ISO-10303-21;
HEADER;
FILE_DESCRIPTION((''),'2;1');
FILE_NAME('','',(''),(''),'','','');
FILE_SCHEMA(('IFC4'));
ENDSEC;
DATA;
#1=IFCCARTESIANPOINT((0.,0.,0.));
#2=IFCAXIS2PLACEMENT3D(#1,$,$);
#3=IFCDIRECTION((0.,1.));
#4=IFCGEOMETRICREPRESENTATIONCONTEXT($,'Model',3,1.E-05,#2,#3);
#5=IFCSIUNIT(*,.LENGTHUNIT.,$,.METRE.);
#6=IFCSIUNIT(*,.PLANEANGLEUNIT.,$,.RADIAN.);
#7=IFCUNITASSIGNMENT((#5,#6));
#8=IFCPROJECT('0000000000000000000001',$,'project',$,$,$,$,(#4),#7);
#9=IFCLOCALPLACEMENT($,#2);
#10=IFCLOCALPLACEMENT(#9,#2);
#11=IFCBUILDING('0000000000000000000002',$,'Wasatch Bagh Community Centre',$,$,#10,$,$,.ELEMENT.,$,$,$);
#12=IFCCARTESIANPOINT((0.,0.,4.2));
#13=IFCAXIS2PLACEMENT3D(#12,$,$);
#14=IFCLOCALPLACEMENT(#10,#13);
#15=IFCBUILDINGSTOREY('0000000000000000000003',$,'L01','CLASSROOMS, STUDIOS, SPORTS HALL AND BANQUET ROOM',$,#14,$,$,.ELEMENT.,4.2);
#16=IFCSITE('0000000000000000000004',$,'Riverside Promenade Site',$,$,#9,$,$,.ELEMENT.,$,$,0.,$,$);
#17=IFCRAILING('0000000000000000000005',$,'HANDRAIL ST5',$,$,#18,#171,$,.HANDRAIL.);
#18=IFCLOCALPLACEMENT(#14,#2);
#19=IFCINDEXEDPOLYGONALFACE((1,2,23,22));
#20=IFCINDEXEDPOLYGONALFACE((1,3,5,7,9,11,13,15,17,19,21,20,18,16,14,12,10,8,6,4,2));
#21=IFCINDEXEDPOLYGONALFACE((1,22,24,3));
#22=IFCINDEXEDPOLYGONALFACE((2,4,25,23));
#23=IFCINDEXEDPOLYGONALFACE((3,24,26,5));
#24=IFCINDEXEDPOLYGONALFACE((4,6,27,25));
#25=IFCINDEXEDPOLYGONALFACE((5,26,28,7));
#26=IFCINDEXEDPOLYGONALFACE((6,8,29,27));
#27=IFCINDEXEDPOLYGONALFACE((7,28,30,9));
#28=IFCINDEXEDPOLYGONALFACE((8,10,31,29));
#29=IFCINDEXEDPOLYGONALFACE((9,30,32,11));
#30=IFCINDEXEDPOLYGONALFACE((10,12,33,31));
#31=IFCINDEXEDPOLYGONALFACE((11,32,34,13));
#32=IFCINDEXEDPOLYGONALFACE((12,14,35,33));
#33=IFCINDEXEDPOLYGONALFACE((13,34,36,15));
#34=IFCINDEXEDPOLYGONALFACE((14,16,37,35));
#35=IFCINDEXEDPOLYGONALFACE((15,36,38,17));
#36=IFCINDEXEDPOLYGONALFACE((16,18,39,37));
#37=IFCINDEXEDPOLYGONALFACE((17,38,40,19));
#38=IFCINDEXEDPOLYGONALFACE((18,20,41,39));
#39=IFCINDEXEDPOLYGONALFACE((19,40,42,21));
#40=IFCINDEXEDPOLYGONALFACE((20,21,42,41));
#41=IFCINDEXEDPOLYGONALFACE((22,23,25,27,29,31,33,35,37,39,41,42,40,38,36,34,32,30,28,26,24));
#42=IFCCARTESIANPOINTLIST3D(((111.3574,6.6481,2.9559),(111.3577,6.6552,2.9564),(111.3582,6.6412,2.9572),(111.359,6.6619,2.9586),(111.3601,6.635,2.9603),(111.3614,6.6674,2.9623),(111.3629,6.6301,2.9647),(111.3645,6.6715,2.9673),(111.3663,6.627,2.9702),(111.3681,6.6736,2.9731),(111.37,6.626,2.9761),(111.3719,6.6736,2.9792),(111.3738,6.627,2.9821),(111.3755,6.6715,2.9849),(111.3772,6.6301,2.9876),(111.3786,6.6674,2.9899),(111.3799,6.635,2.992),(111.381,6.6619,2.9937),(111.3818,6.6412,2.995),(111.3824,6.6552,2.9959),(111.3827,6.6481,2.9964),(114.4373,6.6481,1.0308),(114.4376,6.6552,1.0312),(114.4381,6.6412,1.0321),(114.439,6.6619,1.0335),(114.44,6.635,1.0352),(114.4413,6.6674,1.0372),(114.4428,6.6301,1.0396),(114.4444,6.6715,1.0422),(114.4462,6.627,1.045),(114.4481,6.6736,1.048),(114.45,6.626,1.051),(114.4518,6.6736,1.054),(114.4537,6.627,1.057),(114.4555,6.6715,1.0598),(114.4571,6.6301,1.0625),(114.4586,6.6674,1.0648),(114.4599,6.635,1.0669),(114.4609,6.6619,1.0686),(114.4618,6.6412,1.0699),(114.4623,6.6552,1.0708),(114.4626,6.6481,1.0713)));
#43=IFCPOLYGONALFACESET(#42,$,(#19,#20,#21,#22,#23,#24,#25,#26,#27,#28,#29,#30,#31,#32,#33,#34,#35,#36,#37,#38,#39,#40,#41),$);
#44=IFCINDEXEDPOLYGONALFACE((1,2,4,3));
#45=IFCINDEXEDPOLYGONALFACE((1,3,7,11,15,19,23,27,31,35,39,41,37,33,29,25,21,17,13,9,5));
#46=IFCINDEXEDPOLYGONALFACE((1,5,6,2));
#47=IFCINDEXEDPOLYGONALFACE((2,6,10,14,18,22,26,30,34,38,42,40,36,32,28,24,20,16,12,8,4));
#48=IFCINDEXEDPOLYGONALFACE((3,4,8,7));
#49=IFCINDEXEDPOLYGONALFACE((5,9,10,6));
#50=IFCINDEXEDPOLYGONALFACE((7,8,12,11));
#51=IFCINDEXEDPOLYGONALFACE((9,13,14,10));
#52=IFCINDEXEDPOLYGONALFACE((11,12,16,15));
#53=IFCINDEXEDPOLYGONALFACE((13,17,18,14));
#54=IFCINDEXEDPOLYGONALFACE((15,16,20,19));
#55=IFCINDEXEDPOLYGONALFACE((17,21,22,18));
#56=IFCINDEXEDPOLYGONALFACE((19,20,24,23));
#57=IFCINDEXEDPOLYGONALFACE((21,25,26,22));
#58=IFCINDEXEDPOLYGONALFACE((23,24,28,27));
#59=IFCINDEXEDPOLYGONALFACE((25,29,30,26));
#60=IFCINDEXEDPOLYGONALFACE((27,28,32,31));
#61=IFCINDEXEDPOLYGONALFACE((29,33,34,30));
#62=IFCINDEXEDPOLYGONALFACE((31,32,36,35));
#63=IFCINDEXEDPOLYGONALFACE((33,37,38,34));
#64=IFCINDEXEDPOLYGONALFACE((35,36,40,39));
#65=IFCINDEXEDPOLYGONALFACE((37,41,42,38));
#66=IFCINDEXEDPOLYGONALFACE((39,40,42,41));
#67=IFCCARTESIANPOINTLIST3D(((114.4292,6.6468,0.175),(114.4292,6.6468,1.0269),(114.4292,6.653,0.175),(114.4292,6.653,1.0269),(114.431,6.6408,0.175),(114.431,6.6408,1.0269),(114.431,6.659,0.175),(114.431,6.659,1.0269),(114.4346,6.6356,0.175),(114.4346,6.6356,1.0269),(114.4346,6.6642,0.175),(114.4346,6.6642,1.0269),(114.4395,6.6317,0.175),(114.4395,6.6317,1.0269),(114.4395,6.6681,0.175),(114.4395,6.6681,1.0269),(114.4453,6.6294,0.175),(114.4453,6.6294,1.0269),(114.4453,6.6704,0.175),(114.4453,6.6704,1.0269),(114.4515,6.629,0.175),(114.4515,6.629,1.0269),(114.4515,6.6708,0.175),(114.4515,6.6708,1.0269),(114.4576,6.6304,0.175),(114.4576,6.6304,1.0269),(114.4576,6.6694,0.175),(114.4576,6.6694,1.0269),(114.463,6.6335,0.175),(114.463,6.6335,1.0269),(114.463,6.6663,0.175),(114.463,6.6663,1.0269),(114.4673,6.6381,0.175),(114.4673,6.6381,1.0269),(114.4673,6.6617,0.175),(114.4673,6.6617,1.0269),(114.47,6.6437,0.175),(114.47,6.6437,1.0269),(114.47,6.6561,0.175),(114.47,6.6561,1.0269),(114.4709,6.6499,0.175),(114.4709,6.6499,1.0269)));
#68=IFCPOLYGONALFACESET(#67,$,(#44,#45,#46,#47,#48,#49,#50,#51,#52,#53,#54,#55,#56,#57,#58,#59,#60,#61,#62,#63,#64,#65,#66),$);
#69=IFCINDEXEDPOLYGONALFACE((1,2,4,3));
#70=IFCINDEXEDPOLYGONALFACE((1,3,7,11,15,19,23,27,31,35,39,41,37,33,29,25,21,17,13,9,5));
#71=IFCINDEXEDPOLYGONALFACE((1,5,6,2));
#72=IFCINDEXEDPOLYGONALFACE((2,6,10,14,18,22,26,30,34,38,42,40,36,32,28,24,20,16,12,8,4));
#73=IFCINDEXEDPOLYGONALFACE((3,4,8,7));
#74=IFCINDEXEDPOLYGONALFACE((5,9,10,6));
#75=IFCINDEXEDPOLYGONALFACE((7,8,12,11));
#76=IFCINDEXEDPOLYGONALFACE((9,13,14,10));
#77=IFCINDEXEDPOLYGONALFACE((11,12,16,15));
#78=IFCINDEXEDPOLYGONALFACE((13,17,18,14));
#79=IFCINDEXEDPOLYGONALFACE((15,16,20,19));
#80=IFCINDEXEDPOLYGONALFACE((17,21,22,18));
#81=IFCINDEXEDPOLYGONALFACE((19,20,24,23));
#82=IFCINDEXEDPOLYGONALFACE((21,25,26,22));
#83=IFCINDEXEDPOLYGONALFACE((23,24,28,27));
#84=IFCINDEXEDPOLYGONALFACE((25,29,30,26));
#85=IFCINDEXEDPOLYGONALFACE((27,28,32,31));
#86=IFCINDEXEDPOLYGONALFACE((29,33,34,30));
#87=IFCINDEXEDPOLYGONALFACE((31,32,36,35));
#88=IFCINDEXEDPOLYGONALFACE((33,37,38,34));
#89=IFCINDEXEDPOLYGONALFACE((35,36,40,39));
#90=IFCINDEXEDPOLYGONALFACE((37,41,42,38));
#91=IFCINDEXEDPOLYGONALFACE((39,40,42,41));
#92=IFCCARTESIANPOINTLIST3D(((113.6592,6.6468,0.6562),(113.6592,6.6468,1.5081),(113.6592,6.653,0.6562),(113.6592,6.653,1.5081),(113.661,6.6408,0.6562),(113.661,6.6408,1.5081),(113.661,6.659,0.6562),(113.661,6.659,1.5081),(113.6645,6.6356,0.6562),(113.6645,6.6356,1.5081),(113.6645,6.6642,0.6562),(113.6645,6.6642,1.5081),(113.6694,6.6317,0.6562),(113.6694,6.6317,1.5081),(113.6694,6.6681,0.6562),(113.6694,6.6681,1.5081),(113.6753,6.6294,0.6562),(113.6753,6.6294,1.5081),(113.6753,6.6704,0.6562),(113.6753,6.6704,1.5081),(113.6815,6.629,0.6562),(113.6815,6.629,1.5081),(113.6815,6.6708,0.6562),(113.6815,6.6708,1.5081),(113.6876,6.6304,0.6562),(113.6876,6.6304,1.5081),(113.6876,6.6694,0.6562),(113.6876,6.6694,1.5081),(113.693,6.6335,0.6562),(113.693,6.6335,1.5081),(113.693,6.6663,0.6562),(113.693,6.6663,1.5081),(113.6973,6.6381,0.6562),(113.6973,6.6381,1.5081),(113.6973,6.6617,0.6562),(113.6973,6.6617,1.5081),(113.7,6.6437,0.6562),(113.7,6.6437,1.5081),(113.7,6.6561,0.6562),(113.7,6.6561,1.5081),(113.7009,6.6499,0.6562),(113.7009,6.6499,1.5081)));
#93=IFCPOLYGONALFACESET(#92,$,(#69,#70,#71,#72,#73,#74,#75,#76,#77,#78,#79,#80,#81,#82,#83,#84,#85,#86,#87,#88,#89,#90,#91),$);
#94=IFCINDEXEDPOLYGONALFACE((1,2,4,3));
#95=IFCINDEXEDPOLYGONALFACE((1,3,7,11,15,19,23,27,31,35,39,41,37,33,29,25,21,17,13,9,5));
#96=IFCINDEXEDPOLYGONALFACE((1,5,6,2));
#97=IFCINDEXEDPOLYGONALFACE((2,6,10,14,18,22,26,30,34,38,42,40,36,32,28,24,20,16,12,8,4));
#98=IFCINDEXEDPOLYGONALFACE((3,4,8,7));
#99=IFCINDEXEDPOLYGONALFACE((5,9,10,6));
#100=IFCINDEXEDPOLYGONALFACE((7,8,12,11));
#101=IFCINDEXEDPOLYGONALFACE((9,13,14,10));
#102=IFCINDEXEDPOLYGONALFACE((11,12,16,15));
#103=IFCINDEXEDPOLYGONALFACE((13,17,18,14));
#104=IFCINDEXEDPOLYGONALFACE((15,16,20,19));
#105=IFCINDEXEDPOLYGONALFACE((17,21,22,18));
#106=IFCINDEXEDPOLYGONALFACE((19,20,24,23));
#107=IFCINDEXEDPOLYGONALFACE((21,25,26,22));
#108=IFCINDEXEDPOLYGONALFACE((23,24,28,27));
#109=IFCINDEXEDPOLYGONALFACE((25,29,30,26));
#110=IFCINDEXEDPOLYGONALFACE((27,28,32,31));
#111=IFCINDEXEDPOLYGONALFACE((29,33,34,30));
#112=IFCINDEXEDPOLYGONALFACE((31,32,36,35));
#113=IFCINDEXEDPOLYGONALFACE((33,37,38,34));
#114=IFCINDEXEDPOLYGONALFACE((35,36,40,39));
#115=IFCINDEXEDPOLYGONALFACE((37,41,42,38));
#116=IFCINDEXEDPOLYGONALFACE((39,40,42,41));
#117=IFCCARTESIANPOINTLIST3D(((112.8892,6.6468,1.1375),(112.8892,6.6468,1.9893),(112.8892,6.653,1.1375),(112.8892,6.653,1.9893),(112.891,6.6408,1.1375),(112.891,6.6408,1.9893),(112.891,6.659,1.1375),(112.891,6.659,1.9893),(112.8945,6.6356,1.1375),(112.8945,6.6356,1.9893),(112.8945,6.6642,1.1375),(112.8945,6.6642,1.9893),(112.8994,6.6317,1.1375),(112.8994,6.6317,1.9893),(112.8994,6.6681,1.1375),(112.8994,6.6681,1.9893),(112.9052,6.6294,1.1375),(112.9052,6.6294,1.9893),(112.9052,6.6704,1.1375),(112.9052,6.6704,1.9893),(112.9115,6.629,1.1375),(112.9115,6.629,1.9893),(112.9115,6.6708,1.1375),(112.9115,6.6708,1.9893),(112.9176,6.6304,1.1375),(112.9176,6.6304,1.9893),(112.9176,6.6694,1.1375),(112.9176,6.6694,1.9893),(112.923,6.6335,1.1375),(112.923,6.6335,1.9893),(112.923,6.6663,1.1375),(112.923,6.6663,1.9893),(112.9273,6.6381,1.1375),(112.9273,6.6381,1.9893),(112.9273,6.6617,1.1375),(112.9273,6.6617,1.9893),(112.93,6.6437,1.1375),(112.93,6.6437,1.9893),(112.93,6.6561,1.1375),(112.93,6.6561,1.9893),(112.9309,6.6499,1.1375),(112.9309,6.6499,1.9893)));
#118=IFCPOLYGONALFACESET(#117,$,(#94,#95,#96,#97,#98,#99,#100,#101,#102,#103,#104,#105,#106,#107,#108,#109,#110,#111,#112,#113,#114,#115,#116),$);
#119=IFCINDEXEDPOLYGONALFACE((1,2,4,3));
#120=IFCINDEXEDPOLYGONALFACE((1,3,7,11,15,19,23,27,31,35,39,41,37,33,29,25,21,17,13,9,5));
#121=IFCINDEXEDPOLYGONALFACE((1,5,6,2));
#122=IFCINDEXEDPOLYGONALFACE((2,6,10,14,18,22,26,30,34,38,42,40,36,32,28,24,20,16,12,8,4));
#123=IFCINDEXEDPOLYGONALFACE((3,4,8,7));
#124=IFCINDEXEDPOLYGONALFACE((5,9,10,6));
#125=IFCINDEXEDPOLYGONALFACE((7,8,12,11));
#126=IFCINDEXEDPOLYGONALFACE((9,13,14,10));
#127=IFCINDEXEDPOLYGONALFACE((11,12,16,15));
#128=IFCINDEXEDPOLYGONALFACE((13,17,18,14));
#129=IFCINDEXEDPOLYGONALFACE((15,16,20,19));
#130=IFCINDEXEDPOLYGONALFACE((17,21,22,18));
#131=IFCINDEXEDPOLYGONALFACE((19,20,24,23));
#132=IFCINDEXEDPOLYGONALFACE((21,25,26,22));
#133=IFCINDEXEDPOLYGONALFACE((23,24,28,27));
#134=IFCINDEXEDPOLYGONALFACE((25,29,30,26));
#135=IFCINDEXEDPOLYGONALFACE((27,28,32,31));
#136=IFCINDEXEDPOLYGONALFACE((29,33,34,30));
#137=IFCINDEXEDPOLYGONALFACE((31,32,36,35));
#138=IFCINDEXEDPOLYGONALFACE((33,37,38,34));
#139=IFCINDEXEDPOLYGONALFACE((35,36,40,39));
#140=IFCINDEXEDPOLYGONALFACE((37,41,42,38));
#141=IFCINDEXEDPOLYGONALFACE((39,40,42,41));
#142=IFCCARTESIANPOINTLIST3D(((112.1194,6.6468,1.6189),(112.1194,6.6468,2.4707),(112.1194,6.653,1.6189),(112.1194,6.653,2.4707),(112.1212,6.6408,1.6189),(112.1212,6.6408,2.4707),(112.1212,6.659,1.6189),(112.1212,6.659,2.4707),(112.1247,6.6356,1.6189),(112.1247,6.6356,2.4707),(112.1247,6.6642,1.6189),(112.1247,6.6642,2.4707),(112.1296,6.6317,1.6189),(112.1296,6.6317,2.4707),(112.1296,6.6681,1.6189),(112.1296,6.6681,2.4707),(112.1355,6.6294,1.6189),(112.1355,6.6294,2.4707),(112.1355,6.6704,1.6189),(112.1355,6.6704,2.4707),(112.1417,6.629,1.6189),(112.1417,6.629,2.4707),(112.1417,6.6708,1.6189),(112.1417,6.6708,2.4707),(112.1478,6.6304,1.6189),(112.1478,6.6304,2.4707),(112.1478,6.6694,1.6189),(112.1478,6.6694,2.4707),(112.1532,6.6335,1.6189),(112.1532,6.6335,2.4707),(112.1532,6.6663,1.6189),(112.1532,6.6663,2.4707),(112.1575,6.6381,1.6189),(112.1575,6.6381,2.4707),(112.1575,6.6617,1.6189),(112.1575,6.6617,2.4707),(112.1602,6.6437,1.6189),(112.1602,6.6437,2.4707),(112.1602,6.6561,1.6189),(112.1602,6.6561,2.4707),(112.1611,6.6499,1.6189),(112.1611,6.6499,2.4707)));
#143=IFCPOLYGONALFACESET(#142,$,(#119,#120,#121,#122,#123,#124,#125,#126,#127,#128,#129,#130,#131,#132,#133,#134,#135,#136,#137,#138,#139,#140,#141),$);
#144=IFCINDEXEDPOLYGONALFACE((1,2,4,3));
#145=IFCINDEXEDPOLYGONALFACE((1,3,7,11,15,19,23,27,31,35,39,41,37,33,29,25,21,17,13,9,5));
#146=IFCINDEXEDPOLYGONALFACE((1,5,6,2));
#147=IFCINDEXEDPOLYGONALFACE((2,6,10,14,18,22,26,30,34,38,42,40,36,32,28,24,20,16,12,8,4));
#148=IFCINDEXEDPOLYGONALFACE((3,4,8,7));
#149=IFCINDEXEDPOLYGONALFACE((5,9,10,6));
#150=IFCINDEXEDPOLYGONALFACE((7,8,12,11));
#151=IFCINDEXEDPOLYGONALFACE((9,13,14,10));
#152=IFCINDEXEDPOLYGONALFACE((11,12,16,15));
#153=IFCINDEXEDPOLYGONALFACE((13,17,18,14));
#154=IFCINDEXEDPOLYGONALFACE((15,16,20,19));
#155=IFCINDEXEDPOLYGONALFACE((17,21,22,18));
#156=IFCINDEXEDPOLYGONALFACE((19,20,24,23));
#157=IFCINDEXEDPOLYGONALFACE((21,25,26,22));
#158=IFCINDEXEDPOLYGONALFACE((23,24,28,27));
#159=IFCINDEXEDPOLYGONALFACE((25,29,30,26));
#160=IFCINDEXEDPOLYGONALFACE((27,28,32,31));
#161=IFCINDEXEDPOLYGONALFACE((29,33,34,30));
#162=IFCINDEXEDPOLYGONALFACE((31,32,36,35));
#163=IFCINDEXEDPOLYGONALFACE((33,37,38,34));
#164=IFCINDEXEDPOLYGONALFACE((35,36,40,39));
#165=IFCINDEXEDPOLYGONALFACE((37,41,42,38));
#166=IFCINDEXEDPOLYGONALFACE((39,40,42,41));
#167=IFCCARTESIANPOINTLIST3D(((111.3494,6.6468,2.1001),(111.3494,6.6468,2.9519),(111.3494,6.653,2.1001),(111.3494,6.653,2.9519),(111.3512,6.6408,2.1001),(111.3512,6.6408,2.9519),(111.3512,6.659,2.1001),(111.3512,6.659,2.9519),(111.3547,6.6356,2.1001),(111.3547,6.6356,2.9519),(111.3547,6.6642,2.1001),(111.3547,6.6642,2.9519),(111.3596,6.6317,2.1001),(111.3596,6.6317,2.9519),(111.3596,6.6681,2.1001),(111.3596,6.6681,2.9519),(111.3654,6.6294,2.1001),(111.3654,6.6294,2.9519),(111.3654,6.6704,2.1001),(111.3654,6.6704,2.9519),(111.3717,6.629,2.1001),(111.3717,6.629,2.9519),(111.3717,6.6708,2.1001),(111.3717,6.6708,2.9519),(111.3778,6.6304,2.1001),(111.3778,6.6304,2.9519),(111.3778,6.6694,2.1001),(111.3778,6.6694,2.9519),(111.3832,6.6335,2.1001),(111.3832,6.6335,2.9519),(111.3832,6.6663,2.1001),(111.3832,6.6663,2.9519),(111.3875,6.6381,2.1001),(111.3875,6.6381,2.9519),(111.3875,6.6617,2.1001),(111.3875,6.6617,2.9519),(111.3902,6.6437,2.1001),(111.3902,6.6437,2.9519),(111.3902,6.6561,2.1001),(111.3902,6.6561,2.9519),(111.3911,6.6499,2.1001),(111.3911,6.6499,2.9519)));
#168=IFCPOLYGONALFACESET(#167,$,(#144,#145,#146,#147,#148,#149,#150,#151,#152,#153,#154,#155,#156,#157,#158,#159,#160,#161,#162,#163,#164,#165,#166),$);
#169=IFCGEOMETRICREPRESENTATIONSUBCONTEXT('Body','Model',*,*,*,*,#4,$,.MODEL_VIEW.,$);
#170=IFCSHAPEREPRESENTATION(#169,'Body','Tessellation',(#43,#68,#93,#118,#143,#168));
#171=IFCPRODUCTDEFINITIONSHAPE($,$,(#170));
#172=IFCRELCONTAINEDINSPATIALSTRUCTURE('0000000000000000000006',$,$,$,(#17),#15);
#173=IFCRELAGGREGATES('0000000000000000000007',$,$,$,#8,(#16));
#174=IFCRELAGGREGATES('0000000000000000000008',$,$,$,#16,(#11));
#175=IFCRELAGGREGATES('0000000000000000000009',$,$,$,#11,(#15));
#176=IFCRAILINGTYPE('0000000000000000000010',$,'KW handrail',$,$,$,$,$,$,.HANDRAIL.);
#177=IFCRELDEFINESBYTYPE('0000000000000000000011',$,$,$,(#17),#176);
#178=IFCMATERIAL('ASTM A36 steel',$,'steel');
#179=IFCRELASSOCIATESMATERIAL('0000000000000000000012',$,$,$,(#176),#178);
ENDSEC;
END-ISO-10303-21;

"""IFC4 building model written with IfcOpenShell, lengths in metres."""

from ifc_helpers import new_model, si_unit, direction, frame, origin, origin_2d, place, context, subcontext, project, spatial, circle, extrude, material, type_object, element, save


model = new_model("IFC4")

# Units and contexts
model_context = context("Model", 3, precision=1e-05, world=origin(), true_north=direction((0.0, 1.0)))
body_context = subcontext(model_context, "Body", "Model", "MODEL_VIEW")
ifc_project = project(units=[si_unit("LENGTHUNIT", "METRE"), si_unit("PLANEANGLEUNIT", "RADIAN")], contexts=[model_context])

# Site, building, storey
site_placement = place(None, origin())
site = spatial("IfcSite", under=ifc_project, at=site_placement, Name="Riverside Promenade Site", CompositionType="ELEMENT", RefElevation=0.0)
building_placement = place(site_placement, origin())
building = spatial("IfcBuilding", under=site, at=building_placement, Name="Wasatch Bagh Community Centre", CompositionType="ELEMENT")
storey_placement = place(building_placement, frame((0.0, 0.0, 4.2)))
storey = spatial("IfcBuildingStorey", under=building, at=storey_placement, Name="L01", Description="CLASSROOMS, STUDIOS, SPORTS HALL AND BANQUET ROOM", CompositionType="ELEMENT", Elevation=4.2)

# Railing
ifc_material_1 = material(Name="ASTM A36 steel", Category="steel")
railing_type_1 = type_object("IfcRailingType", Name="KW handrail", PredefinedType="HANDRAIL", material=ifc_material_1)
for number, where, name in (
    (1, (114.45, 6.6499, 0.175), "HANDRAIL ST5"),
):
    element("IfcRailing", number, at=place(storey_placement, frame(where)), inside=storey, type_object=railing_type_1, Name=name, PredefinedType="HANDRAIL", context=body_context, shape_type="SweptSolid", body=[
        extrude(circle(Radius=0.0239, at=origin_2d()), frame((0.0, 0.0, 0.876), z_axis=(-0.847979, 0.0, 0.530029), x_axis=(0.0, -1.0, 0.0)), (0.0, 0.0, 1.0), 3.6321),
        extrude(circle(Radius=0.021, at=origin_2d()), origin(), (0.0, 0.0, 1.0), 0.8518),
        extrude(circle(Radius=0.021, at=origin_2d()), frame((-0.77, 0.0, 0.4812)), (0.0, 0.0, 1.0), 0.8518),
        extrude(circle(Radius=0.021, at=origin_2d()), frame((-1.54, 0.0, 0.9624)), (0.0, 0.0, 1.0), 0.8518),
        extrude(circle(Radius=0.021, at=origin_2d()), frame((-2.3098, 0.0, 1.4438)), (0.0, 0.0, 1.0), 0.8518),
        extrude(circle(Radius=0.021, at=origin_2d()), frame((-3.0798, 0.0, 1.925)), (0.0, 0.0, 1.0), 0.8518),
    ])

save(model, "model.ifc")
